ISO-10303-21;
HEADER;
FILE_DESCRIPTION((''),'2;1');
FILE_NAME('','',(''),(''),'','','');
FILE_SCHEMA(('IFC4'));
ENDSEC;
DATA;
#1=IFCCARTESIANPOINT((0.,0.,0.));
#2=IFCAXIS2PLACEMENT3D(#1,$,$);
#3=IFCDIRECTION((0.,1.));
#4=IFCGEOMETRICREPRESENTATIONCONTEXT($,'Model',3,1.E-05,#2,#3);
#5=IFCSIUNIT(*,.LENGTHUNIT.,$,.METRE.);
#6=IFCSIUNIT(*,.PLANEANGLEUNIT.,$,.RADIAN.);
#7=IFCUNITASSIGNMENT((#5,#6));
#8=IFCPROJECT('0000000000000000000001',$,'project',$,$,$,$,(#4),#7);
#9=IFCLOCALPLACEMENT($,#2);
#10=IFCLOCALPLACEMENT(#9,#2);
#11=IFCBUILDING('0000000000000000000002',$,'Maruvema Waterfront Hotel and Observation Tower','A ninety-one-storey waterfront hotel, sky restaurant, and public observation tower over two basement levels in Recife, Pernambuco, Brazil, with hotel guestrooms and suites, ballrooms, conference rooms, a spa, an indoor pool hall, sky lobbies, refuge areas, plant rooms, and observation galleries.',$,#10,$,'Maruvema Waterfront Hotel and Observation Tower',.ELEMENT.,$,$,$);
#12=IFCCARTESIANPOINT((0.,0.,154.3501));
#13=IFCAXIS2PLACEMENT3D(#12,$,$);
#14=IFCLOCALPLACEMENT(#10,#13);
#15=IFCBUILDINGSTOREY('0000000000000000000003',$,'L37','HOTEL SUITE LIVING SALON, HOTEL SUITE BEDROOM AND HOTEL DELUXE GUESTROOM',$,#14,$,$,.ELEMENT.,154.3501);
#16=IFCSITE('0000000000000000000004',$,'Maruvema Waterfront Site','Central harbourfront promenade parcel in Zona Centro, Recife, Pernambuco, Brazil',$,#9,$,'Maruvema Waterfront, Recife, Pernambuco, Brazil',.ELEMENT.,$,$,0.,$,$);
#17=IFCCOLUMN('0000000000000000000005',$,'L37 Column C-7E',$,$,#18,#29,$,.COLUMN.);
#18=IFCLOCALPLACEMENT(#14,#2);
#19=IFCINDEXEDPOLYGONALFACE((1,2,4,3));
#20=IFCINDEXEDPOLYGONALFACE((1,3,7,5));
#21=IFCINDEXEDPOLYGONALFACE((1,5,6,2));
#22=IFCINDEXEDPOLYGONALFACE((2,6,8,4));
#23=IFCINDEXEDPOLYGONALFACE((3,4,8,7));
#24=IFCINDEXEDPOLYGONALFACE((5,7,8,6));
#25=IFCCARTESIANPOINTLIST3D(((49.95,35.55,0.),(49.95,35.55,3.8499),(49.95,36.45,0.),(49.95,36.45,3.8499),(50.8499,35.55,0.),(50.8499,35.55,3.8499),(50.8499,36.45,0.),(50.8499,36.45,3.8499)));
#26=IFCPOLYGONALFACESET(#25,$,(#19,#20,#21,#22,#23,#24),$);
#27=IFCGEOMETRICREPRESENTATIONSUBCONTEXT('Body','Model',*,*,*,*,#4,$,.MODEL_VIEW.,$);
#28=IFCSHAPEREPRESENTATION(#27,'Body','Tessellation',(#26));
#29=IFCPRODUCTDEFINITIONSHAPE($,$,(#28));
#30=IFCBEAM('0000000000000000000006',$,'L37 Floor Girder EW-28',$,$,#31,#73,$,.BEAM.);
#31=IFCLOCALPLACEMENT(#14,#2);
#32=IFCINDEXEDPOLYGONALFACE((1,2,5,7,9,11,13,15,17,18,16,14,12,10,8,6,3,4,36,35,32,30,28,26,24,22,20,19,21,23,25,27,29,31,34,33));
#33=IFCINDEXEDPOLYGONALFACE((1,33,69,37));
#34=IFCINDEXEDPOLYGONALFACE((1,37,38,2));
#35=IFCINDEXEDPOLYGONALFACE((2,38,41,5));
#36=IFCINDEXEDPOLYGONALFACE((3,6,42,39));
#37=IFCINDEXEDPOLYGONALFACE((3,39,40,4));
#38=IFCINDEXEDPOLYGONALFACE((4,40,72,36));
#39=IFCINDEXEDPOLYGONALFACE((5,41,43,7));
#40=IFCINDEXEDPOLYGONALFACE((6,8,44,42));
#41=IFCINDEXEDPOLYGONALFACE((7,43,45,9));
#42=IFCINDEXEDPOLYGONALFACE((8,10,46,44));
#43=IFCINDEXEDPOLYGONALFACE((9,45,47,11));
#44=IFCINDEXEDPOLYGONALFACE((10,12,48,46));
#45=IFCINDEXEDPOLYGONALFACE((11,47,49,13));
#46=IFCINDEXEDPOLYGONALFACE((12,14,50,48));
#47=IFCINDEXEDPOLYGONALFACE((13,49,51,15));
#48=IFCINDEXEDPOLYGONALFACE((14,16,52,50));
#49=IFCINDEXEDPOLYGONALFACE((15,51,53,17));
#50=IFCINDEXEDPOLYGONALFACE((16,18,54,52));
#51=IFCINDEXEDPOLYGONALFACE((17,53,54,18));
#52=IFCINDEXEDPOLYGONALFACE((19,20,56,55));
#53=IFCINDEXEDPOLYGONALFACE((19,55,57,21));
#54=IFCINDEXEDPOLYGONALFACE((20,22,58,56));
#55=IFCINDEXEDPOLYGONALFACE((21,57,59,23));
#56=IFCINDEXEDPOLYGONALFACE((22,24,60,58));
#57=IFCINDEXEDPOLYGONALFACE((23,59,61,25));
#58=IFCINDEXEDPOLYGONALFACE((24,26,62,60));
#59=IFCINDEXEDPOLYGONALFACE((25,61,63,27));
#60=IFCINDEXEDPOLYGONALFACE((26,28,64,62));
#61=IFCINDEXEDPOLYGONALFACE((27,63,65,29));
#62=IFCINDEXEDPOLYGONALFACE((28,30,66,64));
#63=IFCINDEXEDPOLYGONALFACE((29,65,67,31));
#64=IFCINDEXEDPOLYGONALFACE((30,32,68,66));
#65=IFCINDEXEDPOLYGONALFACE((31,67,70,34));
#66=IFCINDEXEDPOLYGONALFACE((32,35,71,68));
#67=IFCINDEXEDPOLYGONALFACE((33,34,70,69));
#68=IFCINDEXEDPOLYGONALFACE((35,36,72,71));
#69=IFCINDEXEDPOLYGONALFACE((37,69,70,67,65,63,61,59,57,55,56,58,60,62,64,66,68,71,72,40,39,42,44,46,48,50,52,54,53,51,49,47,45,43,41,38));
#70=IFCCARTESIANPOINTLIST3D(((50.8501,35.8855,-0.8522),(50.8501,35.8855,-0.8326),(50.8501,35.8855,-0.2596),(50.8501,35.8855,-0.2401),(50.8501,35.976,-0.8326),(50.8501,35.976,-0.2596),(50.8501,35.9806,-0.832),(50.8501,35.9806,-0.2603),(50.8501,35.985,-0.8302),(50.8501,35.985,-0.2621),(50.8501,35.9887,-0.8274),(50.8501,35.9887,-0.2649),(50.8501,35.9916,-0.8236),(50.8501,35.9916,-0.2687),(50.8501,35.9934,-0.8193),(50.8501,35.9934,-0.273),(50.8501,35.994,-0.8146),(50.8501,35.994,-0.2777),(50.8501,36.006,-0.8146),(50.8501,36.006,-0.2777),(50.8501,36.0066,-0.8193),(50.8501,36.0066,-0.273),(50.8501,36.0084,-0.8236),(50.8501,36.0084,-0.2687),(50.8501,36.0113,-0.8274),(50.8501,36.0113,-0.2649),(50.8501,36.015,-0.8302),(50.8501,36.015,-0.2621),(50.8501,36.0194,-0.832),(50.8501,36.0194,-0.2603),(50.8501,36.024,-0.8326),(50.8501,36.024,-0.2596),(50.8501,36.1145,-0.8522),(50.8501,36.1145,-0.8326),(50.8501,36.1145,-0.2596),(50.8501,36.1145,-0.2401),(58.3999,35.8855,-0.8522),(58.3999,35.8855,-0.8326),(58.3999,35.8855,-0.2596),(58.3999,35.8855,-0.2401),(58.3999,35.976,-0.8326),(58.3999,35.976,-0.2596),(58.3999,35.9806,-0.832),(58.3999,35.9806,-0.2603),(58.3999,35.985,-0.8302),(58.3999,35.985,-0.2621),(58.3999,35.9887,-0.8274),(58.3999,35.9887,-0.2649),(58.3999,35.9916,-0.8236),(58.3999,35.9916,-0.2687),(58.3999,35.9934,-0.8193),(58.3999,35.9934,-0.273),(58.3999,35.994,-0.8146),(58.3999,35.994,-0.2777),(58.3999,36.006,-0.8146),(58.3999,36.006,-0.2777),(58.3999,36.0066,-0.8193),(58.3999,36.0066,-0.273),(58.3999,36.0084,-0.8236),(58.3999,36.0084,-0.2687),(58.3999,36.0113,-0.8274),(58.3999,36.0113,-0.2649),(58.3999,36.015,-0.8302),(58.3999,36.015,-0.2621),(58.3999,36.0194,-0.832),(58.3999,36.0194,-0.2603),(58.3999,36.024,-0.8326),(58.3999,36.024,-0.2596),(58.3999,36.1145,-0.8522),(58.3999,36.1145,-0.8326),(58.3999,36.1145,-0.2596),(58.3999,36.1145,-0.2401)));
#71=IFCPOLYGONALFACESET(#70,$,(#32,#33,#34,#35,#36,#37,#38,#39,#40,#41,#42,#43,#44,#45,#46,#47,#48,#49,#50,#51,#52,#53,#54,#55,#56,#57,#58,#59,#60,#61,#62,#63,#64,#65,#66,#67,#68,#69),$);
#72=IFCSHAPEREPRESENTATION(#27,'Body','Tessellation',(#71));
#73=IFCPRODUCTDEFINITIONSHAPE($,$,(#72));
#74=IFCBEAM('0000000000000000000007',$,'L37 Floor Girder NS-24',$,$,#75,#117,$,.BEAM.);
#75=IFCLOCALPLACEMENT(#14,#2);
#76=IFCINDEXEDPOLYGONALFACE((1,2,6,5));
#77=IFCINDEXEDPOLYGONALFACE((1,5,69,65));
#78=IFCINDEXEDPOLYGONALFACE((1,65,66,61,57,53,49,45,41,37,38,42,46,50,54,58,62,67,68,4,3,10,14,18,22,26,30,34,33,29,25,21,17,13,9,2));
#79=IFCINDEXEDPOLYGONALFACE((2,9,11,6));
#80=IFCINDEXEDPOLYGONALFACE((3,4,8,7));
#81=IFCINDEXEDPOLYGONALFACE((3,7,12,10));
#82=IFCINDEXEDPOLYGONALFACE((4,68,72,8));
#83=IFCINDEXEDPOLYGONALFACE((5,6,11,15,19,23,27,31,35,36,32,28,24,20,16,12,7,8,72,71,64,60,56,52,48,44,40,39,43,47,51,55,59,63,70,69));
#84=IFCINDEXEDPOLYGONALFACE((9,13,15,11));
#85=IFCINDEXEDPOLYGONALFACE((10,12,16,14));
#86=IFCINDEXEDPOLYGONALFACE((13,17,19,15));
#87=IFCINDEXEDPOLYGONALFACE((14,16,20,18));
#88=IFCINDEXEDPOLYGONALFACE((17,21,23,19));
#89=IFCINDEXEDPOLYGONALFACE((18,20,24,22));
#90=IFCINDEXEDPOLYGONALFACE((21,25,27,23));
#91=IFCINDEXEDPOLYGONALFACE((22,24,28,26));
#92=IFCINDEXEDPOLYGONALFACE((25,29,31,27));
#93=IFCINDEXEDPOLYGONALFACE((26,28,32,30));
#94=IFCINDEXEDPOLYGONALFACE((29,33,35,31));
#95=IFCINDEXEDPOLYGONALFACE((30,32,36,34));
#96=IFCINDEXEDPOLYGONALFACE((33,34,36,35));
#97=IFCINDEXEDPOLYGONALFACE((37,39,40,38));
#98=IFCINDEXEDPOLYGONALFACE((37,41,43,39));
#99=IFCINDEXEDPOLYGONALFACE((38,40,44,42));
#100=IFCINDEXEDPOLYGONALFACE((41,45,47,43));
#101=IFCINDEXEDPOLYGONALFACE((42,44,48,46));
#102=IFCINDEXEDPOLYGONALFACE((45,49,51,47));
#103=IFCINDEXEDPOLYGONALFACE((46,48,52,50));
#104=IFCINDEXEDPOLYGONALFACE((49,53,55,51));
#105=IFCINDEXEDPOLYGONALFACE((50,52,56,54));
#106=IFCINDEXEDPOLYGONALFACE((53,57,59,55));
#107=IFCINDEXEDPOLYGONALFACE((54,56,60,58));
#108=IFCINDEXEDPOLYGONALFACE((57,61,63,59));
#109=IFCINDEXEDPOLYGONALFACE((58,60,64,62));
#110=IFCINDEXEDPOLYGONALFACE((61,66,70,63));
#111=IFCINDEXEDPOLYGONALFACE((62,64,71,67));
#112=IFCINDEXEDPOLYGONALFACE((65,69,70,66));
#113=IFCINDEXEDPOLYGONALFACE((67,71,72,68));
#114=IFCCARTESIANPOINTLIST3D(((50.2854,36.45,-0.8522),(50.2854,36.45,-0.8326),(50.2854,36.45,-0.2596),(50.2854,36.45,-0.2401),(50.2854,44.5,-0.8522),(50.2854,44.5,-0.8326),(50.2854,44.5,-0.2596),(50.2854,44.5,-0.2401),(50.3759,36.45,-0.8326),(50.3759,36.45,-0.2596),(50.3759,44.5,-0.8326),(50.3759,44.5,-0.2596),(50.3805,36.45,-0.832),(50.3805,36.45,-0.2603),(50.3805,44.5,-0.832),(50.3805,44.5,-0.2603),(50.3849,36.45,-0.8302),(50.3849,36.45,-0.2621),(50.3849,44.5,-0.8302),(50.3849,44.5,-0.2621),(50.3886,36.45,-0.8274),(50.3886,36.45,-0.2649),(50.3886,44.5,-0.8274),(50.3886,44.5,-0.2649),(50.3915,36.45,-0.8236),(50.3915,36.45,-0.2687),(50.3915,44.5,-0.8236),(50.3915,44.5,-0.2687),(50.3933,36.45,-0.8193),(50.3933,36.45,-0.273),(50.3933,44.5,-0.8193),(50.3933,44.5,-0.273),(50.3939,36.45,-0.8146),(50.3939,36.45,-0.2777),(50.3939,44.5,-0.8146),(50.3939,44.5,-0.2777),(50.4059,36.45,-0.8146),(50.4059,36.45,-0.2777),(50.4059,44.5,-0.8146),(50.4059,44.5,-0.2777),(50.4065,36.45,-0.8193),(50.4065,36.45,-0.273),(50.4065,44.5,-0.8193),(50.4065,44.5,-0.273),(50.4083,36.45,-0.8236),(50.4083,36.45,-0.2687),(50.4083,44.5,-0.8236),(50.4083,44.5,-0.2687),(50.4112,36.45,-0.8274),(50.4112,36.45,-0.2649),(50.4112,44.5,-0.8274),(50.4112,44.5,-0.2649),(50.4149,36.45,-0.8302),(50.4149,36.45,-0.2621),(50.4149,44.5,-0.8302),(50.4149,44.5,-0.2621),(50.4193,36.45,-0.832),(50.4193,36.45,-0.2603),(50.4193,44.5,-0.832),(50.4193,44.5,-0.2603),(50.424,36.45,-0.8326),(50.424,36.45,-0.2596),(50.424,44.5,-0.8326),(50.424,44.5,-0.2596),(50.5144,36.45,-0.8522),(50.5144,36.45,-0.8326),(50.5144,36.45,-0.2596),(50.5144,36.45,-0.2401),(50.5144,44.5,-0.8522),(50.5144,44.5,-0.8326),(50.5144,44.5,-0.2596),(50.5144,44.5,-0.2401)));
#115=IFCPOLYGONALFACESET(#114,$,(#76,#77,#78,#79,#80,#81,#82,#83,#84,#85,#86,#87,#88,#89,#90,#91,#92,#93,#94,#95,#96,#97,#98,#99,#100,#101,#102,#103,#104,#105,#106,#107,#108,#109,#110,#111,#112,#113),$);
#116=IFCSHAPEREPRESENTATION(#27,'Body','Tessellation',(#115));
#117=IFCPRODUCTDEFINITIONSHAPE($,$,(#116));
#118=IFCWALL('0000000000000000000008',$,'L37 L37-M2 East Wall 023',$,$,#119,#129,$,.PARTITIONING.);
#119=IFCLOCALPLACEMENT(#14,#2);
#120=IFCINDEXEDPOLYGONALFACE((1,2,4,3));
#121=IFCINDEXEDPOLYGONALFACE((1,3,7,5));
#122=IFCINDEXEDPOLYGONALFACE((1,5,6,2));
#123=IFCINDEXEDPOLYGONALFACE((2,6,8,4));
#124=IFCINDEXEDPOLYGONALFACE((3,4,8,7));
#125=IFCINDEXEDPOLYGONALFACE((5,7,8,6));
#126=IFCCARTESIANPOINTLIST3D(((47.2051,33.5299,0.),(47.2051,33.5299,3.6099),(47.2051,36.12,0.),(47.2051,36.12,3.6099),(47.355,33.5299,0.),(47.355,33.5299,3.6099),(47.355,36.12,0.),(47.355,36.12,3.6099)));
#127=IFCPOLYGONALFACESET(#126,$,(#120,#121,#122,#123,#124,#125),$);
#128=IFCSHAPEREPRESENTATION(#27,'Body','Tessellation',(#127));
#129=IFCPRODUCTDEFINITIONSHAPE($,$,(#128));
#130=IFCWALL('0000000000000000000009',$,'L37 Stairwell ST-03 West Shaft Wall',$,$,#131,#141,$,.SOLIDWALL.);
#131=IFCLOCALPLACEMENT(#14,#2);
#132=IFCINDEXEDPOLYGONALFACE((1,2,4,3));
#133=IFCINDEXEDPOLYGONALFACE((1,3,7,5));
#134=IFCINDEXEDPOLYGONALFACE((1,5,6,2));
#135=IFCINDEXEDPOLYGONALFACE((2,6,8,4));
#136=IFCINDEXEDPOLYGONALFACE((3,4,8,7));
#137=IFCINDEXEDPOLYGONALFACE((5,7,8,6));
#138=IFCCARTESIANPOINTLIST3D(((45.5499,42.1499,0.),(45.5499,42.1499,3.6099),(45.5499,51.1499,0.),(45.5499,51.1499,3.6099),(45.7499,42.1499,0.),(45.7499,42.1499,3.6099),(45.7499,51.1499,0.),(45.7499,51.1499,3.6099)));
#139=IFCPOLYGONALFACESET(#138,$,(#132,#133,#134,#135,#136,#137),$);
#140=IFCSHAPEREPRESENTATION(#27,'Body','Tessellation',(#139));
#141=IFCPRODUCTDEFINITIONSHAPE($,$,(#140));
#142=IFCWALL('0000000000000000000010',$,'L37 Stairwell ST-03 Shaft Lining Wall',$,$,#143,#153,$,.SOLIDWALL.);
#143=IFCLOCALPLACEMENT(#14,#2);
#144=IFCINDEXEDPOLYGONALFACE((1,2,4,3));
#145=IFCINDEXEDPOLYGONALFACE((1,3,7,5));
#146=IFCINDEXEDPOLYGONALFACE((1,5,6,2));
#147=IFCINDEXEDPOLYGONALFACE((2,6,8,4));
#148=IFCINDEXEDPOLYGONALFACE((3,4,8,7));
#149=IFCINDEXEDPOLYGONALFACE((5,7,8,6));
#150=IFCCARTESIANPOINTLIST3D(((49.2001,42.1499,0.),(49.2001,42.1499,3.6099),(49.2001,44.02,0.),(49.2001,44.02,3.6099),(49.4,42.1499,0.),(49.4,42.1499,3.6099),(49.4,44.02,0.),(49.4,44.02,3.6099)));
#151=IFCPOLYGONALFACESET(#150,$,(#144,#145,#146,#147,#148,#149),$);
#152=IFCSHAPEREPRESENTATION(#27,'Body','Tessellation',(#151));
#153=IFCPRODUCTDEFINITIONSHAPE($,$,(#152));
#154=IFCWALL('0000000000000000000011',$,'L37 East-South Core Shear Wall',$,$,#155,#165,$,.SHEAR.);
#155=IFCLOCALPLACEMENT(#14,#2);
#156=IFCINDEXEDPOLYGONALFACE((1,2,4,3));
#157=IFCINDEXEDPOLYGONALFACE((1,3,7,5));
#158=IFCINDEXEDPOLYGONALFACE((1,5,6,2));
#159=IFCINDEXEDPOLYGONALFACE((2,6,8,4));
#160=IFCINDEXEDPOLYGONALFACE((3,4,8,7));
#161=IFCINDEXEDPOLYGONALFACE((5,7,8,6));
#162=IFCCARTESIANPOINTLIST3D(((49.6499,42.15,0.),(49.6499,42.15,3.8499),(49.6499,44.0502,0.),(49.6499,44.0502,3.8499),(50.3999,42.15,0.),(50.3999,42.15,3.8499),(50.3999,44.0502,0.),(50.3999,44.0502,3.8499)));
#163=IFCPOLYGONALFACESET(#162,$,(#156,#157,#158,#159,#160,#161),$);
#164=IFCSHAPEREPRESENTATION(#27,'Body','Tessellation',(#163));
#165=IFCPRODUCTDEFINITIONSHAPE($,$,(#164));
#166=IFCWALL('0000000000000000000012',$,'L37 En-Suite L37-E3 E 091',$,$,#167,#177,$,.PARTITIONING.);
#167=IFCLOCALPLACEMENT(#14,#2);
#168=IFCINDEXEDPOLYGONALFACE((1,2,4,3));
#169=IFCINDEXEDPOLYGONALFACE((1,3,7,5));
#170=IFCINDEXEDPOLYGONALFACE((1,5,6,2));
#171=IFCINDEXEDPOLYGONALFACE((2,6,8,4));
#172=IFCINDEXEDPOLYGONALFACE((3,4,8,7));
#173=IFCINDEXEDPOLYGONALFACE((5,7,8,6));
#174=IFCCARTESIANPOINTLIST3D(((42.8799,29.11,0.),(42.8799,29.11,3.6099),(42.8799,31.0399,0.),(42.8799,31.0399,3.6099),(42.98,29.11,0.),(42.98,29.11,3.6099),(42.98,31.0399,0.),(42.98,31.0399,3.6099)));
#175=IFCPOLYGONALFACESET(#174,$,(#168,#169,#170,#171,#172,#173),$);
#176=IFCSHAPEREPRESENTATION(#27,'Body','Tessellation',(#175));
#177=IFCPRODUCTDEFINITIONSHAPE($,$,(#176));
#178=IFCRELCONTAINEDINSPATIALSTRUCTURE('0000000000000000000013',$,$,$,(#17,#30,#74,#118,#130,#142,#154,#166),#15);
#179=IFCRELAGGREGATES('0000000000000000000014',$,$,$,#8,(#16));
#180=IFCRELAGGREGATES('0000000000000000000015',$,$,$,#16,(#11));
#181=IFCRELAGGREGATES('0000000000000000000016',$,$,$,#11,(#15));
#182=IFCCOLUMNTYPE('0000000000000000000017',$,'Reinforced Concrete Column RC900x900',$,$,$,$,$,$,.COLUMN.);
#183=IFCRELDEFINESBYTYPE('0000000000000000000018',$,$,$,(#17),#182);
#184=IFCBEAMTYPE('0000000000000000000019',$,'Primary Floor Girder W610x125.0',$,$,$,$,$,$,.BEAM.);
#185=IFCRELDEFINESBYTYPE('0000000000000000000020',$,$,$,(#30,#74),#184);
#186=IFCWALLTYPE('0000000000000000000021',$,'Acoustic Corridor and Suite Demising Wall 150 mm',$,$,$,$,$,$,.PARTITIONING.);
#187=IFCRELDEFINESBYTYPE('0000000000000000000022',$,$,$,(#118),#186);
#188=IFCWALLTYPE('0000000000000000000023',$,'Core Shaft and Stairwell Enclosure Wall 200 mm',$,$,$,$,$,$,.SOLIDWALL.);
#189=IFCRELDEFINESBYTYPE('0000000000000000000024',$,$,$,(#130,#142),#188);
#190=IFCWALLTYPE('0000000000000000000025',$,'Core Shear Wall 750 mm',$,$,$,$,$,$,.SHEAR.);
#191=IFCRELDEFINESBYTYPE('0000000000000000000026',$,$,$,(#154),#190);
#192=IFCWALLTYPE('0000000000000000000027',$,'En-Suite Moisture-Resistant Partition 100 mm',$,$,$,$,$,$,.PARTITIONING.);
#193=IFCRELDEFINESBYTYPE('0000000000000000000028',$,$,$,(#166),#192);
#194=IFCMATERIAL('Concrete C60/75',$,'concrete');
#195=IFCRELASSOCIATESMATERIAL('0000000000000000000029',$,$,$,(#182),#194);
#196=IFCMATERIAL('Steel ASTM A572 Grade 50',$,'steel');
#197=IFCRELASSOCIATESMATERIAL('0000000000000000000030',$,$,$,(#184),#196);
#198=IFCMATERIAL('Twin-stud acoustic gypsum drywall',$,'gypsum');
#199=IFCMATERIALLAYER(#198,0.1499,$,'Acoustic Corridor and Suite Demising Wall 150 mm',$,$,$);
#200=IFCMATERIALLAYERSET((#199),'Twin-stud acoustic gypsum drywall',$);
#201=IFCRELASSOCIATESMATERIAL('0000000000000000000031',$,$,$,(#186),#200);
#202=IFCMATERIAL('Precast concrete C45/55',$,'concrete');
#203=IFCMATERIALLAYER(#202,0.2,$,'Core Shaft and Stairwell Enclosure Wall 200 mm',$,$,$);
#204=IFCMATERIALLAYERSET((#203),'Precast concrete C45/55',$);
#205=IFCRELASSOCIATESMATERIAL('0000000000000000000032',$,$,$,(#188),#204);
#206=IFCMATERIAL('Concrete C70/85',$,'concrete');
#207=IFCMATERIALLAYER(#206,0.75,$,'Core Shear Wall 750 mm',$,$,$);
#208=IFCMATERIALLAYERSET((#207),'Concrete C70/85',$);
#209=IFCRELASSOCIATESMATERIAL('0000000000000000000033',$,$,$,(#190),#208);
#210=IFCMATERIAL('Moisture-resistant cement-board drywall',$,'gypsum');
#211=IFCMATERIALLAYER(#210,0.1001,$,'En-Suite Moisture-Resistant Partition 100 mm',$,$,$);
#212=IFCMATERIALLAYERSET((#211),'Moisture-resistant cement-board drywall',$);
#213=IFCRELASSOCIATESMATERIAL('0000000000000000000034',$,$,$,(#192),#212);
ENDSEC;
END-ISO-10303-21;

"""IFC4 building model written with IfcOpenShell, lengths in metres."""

from ifc_helpers import new_model, si_unit, direction, frame, frame_2d, origin, origin_2d, place, context, subcontext, project, spatial, rectangle, i_section, extrude, material, layer, layer_set, material_profile, profile_set, type_object, element, save


model = new_model("IFC4")

# Units and contexts
model_context = context("Model", 3, precision=1e-05, world=origin(), true_north=direction((0.0, 1.0)))
body_context = subcontext(model_context, "Body", "Model", "MODEL_VIEW")
ifc_project = project(units=[si_unit("LENGTHUNIT", "METRE"), si_unit("PLANEANGLEUNIT", "RADIAN")], contexts=[model_context])

# Site, building, storey
site_placement = place(None, origin())
site = spatial("IfcSite", under=ifc_project, at=site_placement, Name="Maruvema Waterfront Site", Description="Central harbourfront promenade parcel in Zona Centro, Recife, Pernambuco, Brazil", LongName="Maruvema Waterfront, Recife, Pernambuco, Brazil", CompositionType="ELEMENT", RefElevation=0.0)
building_placement = place(site_placement, origin())
building = spatial("IfcBuilding", under=site, at=building_placement, Name="Maruvema Waterfront Hotel and Observation Tower", Description="A ninety-one-storey waterfront hotel, sky restaurant, and public observation tower over two basement levels in Recife, Pernambuco, Brazil, with hotel guestrooms and suites, ballrooms, conference rooms, a spa, an indoor pool hall, sky lobbies, refuge areas, plant rooms, and observation galleries.", LongName="Maruvema Waterfront Hotel and Observation Tower", CompositionType="ELEMENT")
storey_placement = place(building_placement, frame((0.0, 0.0, 154.3501)))
storey = spatial("IfcBuildingStorey", under=building, at=storey_placement, Name="L37", Description="HOTEL SUITE LIVING SALON, HOTEL SUITE BEDROOM AND HOTEL DELUXE GUESTROOM", CompositionType="ELEMENT", Elevation=154.3501)

# Column
ifc_material_1 = material(Name="Concrete C60/75", Category="concrete")
ifc_material_profile_1 = material_profile(ifc_material_1, rectangle(XDim=0.8999, YDim=0.8999, at=origin_2d()), Name="RC900x900")
ifc_profile_set_1 = profile_set([ifc_material_profile_1], Name="Concrete C60/75")
column_type = type_object("IfcColumnType", Name="Reinforced Concrete Column RC900x900", PredefinedType="COLUMN", material=ifc_profile_set_1)
column_placement = place(storey_placement, frame((50.3999, 36.0, 0.0), z_axis=(0.0, 0.0, 1.0), x_axis=(1.0, 0.0, 0.0)))
element("IfcColumn", 1, at=column_placement, inside=storey, type_object=column_type, Name="L37 Column C-7E", PredefinedType="COLUMN", context=body_context, shape_type="SweptSolid", body=[
    extrude(rectangle(XDim=0.8999, YDim=0.8999, at=origin_2d()), origin(), (0.0, 0.0, 1.0), 3.8499),
])

# Beams
ifc_material_2 = material(Name="Steel ASTM A572 Grade 50", Category="steel")
ifc_material_profile_2 = material_profile(ifc_material_2, i_section(OverallWidth=0.229, OverallDepth=0.6121, WebThickness=0.012, FlangeThickness=0.0195, FilletRadius=0.0181, at=origin_2d()), Name="W610x125.0")
ifc_profile_set_2 = profile_set([ifc_material_profile_2], Name="Steel ASTM A572 Grade 50")
beam_type = type_object("IfcBeamType", Name="Primary Floor Girder W610x125.0", PredefinedType="BEAM", material=ifc_profile_set_2)
beam_1_placement = place(storey_placement, frame((50.8501, 36.0, -0.5461), z_axis=(1.0, 0.0, 0.0), x_axis=(0.0, 1.0, 0.0)))
element("IfcBeam", 2, at=beam_1_placement, inside=storey, type_object=beam_type, Name="L37 Floor Girder EW-28", PredefinedType="BEAM", context=body_context, shape_type="SweptSolid", body=[
    extrude(i_section(OverallWidth=0.229, OverallDepth=0.6121, WebThickness=0.012, FlangeThickness=0.0195, FilletRadius=0.0181, at=origin_2d()), origin(), (0.0, 0.0, 1.0), 7.5498),
])
beam_2_placement = place(storey_placement, frame((50.3999, 36.45, -0.5461), z_axis=(0.0, 1.0, 0.0), x_axis=(-1.0, 0.0, 0.0)))
element("IfcBeam", 3, at=beam_2_placement, inside=storey, type_object=beam_type, Name="L37 Floor Girder NS-24", PredefinedType="BEAM", context=body_context, shape_type="SweptSolid", body=[
    extrude(i_section(OverallWidth=0.229, OverallDepth=0.6121, WebThickness=0.012, FlangeThickness=0.0195, FilletRadius=0.0181, at=origin_2d()), origin(), (0.0, 0.0, 1.0), 8.05),
])

# Walls
ifc_material_3 = material(Name="Twin-stud acoustic gypsum drywall", Category="gypsum")
ifc_layer_1 = layer(ifc_material_3, 0.1499, Name="Acoustic Corridor and Suite Demising Wall 150 mm")
ifc_layer_set_1 = layer_set([ifc_layer_1], Name="Twin-stud acoustic gypsum drywall")
wall_type_1 = type_object("IfcWallType", Name="Acoustic Corridor and Suite Demising Wall 150 mm", PredefinedType="PARTITIONING", material=ifc_layer_set_1)
wall_1_placement = place(storey_placement, frame((47.28, 33.53, 0.0), z_axis=(0.0, 0.0, 1.0), x_axis=(0.0, 1.0, 0.0)))
element("IfcWall", 4, at=wall_1_placement, inside=storey, type_object=wall_type_1, Name="L37 L37-M2 East Wall 023", PredefinedType="PARTITIONING", context=body_context, shape_type="SweptSolid", body=[
    extrude(rectangle(XDim=2.5901, YDim=0.1499, at=frame_2d((1.2949, 0.0))), origin(), (0.0, 0.0, 1.0), 3.6099),
])
ifc_material_4 = material(Name="Precast concrete C45/55", Category="concrete")
ifc_layer_2 = layer(ifc_material_4, 0.2, Name="Core Shaft and Stairwell Enclosure Wall 200 mm")
ifc_layer_set_2 = layer_set([ifc_layer_2], Name="Precast concrete C45/55")
wall_type_2 = type_object("IfcWallType", Name="Core Shaft and Stairwell Enclosure Wall 200 mm", PredefinedType="SOLIDWALL", material=ifc_layer_set_2)
wall_2_placement = place(storey_placement, frame((45.6499, 42.1499, 0.0), z_axis=(0.0, 0.0, 1.0), x_axis=(0.0, 1.0, 0.0)))
element("IfcWall", 5, at=wall_2_placement, inside=storey, type_object=wall_type_2, Name="L37 Stairwell ST-03 West Shaft Wall", PredefinedType="SOLIDWALL", context=body_context, shape_type="SweptSolid", body=[
    extrude(rectangle(XDim=9.0, YDim=0.2, at=frame_2d((4.5, 0.0))), origin(), (0.0, 0.0, 1.0), 3.6099),
])
wall_3_placement = place(storey_placement, frame((49.3, 42.1499, 0.0), z_axis=(0.0, 0.0, 1.0), x_axis=(0.0, 1.0, 0.0)))
element("IfcWall", 6, at=wall_3_placement, inside=storey, type_object=wall_type_2, Name="L37 Stairwell ST-03 Shaft Lining Wall", PredefinedType="SOLIDWALL", context=body_context, shape_type="SweptSolid", body=[
    extrude(rectangle(XDim=1.8701, YDim=0.2, at=frame_2d((0.9351, 0.0))), origin(), (0.0, 0.0, 1.0), 3.6099),
])

# Shared definitions
ifc_material_5 = material(Name="Concrete C70/85", Category="concrete")
ifc_layer_3 = layer(ifc_material_5, 0.75, Name="Core Shear Wall 750 mm")
ifc_layer_set_3 = layer_set([ifc_layer_3], Name="Concrete C70/85")
wall_type_3 = type_object("IfcWallType", Name="Core Shear Wall 750 mm", PredefinedType="SHEAR", material=ifc_layer_set_3)

# Walls
wall_4_placement = place(storey_placement, frame((50.0249, 42.1499, 0.0), z_axis=(0.0, 0.0, 1.0), x_axis=(0.0, 1.0, 0.0)))
element("IfcWall", 7, at=wall_4_placement, inside=storey, type_object=wall_type_3, Name="L37 East-South Core Shear Wall", PredefinedType="SHEAR", context=body_context, shape_type="SweptSolid", body=[
    extrude(rectangle(XDim=1.9001, YDim=0.75, at=frame_2d((0.9502, 0.0))), origin(), (0.0, 0.0, 1.0), 3.8499),
])
ifc_material_6 = material(Name="Moisture-resistant cement-board drywall", Category="gypsum")
ifc_layer_4 = layer(ifc_material_6, 0.1001, Name="En-Suite Moisture-Resistant Partition 100 mm")
ifc_layer_set_4 = layer_set([ifc_layer_4], Name="Moisture-resistant cement-board drywall")
wall_type_4 = type_object("IfcWallType", Name="En-Suite Moisture-Resistant Partition 100 mm", PredefinedType="PARTITIONING", material=ifc_layer_set_4)
wall_5_placement = place(storey_placement, frame((42.9299, 29.1101, 0.0), z_axis=(0.0, 0.0, 1.0), x_axis=(0.0, 1.0, 0.0)))
element("IfcWall", 8, at=wall_5_placement, inside=storey, type_object=wall_type_4, Name="L37 En-Suite L37-E3 E 091", PredefinedType="PARTITIONING", context=body_context, shape_type="SweptSolid", body=[
    extrude(rectangle(XDim=1.9299, YDim=0.1001, at=frame_2d((0.9648, 0.0))), origin(), (0.0, 0.0, 1.0), 3.6099),
])

save(model, "model.ifc")
